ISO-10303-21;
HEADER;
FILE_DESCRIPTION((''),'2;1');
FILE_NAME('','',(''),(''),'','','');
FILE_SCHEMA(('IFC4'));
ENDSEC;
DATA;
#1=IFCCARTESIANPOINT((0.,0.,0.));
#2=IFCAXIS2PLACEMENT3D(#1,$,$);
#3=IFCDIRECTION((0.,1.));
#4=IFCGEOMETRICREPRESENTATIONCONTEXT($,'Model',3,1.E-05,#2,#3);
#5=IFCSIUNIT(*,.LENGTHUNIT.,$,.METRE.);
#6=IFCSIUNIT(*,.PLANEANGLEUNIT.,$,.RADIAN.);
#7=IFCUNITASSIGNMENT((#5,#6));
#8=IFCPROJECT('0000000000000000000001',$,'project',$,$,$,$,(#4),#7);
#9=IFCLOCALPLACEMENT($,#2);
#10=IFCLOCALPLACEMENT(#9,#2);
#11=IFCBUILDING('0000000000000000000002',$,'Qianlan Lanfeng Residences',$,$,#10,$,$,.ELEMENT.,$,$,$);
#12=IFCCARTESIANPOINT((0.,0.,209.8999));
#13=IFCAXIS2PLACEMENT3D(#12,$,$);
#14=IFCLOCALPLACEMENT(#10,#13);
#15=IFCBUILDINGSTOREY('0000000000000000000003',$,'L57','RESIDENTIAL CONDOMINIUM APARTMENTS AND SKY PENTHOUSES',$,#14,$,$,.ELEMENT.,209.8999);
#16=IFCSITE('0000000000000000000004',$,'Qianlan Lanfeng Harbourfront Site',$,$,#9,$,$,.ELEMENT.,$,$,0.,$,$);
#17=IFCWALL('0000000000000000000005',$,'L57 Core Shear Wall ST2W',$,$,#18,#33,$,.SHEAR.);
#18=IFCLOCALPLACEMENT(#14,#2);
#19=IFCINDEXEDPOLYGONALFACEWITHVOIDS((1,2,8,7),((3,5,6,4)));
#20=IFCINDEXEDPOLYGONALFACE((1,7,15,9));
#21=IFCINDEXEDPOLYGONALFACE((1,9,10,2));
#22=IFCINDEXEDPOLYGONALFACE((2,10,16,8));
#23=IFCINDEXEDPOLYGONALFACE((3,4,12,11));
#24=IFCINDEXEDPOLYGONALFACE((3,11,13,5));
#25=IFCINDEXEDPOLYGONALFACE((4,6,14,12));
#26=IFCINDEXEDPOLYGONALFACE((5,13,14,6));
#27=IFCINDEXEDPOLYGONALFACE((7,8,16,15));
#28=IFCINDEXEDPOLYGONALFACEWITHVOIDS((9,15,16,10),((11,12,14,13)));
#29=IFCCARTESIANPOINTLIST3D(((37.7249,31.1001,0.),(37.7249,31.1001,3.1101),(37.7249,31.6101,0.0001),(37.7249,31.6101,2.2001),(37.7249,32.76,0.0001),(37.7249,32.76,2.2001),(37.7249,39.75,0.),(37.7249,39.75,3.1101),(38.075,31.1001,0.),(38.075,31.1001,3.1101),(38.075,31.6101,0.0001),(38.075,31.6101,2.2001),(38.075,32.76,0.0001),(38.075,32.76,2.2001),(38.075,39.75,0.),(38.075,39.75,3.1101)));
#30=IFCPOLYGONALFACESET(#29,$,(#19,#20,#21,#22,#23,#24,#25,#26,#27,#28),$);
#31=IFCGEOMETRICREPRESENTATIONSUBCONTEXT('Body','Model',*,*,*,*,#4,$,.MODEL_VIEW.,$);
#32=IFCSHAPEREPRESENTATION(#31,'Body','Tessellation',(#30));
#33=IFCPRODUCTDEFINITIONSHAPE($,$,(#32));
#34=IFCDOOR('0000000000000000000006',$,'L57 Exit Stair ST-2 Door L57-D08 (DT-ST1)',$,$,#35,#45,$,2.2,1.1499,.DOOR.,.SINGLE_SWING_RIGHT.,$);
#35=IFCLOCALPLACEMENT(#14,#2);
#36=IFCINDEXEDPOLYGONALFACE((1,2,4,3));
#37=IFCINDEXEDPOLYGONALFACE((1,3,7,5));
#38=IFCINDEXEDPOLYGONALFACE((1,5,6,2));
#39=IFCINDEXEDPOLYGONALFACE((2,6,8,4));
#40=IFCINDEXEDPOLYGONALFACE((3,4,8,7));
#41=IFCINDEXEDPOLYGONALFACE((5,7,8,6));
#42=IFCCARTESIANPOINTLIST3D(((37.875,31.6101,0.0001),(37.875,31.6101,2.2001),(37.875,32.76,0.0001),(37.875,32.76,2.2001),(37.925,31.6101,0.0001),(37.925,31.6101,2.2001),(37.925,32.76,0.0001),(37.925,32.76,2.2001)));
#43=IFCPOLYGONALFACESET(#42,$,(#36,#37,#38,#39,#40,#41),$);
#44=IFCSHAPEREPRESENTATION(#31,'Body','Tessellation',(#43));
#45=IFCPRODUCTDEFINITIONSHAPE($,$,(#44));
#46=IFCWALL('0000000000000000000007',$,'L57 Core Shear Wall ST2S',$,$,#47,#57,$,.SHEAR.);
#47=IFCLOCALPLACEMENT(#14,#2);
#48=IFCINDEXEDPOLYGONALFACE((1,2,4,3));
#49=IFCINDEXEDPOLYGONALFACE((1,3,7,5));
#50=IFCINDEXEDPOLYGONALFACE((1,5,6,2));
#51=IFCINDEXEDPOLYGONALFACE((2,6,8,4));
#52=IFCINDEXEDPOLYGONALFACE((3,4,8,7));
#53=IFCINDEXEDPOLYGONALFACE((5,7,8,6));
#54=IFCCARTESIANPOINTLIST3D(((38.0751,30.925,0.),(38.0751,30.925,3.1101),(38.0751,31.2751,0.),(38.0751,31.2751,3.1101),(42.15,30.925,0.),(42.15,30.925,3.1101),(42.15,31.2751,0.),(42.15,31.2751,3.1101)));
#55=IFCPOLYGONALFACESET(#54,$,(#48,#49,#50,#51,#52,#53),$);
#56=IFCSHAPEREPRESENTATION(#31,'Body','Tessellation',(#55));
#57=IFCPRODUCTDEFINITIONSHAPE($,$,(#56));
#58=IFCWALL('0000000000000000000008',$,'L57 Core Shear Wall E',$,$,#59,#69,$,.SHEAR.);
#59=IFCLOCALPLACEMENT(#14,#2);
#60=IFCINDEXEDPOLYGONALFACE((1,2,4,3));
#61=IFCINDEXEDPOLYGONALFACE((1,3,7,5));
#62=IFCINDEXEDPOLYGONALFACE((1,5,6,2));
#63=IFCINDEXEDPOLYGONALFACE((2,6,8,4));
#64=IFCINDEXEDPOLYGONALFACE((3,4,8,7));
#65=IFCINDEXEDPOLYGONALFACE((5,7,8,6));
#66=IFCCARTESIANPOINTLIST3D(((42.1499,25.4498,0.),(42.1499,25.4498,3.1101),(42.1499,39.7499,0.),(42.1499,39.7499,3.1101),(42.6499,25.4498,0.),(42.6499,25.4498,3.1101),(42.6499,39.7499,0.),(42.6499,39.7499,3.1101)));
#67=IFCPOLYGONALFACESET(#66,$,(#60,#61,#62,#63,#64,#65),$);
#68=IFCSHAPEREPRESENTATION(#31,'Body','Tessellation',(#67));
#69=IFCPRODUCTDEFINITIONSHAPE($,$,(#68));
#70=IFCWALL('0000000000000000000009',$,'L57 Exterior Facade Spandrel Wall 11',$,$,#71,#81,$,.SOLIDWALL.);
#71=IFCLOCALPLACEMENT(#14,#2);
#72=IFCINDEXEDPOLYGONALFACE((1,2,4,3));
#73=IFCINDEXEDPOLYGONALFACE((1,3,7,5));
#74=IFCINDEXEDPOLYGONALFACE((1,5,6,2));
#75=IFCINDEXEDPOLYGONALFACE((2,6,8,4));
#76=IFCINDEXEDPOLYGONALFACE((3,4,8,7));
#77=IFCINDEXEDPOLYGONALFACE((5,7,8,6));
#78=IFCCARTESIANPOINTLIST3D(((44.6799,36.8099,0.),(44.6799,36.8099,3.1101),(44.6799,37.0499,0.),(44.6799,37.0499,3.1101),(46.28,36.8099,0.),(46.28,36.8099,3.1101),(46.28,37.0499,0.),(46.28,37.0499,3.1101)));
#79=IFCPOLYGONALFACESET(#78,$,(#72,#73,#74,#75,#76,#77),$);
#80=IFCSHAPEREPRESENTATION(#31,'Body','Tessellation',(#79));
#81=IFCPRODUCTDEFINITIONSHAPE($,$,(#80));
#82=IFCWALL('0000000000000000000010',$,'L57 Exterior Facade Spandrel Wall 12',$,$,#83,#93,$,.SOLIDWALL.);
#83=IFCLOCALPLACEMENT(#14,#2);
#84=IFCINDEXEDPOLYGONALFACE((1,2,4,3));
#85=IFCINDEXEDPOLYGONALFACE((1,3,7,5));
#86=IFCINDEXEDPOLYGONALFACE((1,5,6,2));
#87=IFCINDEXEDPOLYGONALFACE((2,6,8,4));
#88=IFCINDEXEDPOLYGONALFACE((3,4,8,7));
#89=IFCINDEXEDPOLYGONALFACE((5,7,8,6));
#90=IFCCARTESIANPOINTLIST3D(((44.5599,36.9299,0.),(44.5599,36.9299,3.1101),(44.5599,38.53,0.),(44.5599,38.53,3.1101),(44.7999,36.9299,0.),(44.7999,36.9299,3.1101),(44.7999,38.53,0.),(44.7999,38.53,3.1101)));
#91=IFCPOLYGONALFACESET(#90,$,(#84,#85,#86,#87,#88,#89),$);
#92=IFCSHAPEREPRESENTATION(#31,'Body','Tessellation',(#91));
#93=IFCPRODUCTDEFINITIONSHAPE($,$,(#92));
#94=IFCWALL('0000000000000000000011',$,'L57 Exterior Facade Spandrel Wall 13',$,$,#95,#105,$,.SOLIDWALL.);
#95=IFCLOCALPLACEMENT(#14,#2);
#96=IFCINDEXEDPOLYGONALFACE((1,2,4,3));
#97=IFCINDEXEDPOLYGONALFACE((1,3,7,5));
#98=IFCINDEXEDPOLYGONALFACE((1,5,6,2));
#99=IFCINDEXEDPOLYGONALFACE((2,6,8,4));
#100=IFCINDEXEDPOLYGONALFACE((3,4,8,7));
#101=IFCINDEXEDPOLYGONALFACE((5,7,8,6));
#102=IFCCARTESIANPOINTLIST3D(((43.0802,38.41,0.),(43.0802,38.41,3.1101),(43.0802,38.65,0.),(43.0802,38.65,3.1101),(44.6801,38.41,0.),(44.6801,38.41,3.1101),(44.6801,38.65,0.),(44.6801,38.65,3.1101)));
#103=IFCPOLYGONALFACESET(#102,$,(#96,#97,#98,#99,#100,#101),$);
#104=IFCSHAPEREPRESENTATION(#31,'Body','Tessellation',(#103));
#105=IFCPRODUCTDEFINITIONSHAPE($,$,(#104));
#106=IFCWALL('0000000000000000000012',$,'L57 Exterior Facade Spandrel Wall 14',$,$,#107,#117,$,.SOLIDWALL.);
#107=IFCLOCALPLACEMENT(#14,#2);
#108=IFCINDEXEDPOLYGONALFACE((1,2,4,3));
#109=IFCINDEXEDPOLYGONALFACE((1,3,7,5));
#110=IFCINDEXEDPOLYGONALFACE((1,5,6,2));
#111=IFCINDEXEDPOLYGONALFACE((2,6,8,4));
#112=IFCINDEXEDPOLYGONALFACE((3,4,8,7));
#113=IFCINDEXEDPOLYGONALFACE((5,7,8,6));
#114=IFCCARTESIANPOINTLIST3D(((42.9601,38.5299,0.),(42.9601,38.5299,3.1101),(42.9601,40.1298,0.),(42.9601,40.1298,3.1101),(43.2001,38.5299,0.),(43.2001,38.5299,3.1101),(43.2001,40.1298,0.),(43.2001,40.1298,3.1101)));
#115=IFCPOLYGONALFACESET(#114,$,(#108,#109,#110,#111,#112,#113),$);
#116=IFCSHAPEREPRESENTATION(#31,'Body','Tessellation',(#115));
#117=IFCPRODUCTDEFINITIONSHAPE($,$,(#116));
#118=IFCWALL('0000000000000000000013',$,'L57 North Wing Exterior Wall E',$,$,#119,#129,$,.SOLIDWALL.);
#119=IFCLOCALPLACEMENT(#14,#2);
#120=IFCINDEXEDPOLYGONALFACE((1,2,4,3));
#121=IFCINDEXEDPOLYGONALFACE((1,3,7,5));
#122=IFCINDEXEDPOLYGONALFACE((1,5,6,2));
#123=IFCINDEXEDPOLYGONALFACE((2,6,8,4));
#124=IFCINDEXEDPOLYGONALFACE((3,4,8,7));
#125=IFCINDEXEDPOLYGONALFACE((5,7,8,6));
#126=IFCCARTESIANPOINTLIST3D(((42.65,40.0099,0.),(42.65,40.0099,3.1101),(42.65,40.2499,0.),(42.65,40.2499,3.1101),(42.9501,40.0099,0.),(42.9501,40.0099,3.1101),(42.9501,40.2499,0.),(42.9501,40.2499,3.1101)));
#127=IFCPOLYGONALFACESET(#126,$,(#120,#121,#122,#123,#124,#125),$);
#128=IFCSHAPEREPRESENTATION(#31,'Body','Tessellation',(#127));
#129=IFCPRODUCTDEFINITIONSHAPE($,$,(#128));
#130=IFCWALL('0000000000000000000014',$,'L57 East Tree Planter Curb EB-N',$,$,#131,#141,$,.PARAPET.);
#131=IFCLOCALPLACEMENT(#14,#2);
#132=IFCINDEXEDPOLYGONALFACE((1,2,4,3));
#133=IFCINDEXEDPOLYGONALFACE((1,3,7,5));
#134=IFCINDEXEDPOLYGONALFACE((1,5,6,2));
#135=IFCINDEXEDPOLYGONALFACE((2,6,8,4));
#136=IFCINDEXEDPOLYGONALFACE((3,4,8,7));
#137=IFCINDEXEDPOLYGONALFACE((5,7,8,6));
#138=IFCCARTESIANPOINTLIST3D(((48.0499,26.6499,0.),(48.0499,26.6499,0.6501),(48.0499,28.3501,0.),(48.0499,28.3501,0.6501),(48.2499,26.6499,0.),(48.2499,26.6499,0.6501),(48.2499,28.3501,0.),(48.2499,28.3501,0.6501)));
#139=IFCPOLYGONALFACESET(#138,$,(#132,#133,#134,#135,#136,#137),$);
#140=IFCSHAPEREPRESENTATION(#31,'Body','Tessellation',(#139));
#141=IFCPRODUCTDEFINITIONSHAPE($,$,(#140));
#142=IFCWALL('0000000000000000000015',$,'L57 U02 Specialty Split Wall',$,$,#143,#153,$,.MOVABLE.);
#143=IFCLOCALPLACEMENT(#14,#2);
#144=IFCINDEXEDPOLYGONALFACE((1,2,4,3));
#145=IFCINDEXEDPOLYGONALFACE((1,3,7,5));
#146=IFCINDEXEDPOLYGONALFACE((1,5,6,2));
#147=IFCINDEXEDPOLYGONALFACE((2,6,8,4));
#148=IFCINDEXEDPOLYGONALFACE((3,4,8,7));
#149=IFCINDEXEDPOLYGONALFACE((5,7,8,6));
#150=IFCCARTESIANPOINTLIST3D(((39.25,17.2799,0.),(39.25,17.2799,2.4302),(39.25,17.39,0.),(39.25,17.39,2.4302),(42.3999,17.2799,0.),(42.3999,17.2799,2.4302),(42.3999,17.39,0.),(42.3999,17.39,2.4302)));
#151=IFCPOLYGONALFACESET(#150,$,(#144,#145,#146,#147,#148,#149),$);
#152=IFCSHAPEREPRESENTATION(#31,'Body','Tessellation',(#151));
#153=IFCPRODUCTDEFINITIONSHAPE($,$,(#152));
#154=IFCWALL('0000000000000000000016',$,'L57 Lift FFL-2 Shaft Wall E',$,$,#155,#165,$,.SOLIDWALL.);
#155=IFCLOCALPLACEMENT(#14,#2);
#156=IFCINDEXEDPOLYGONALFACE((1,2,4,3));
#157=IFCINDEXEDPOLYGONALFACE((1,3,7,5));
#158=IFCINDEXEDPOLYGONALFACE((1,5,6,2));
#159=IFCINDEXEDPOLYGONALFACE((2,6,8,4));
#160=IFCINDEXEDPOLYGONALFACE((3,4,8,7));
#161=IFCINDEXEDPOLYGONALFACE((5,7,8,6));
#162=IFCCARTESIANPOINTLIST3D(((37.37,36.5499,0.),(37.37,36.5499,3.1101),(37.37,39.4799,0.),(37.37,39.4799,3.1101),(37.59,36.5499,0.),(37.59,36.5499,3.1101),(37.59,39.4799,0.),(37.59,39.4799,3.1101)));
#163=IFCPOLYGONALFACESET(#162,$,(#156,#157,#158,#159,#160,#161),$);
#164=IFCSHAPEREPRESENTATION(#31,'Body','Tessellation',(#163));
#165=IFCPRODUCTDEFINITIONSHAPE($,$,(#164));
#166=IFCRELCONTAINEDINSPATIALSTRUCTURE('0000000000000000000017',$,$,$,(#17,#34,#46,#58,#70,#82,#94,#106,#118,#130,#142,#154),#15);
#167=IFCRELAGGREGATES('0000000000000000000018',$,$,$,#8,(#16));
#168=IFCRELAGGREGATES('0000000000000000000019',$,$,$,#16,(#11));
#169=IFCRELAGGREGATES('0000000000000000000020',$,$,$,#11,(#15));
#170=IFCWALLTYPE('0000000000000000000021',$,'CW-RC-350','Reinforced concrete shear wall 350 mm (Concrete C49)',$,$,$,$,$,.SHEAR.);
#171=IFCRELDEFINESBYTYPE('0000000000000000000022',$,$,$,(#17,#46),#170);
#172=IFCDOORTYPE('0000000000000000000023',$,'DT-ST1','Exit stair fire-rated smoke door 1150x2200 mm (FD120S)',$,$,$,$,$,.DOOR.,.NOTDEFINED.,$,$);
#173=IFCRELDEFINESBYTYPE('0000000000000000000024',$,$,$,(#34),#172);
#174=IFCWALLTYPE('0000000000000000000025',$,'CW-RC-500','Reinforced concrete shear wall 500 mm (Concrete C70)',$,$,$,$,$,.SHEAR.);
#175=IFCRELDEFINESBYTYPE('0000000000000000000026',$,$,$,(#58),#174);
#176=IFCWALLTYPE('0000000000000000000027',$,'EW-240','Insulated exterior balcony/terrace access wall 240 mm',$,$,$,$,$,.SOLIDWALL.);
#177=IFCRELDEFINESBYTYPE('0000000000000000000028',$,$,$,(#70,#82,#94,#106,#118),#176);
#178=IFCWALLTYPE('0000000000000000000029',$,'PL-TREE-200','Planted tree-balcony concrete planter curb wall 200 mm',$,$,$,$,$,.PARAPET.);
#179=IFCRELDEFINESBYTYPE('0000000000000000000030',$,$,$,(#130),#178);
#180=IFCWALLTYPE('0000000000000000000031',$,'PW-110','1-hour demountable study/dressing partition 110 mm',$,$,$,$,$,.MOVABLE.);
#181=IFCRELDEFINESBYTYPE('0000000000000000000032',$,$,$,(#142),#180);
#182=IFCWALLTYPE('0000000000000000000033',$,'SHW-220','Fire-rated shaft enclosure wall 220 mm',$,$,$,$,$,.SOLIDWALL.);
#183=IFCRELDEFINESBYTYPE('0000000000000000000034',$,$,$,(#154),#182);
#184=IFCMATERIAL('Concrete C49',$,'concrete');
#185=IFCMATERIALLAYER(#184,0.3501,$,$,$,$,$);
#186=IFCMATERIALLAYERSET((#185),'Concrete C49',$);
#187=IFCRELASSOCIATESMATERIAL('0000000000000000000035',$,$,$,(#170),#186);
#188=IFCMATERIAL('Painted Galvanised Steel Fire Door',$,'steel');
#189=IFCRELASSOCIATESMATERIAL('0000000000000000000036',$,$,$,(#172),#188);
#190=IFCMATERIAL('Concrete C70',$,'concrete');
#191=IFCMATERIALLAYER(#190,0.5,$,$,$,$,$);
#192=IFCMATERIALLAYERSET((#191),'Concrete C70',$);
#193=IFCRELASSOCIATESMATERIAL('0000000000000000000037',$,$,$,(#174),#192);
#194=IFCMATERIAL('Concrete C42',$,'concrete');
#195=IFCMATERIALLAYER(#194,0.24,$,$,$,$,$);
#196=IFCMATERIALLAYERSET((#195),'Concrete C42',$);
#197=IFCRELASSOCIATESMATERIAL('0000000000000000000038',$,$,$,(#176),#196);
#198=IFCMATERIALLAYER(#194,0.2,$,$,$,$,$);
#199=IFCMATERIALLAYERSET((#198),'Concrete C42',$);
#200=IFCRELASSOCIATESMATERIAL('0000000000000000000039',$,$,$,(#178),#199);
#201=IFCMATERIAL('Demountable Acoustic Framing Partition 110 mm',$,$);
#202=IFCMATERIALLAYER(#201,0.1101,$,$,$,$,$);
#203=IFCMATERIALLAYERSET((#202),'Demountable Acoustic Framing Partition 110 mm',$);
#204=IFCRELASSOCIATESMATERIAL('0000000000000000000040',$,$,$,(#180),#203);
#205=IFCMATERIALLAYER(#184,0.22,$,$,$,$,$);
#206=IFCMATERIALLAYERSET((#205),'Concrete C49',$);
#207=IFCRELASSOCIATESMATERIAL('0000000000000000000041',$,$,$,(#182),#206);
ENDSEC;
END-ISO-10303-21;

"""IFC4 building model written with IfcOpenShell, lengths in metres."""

from ifc_helpers import new_model, si_unit, direction, frame, frame_2d, origin, place, context, subcontext, project, spatial, rectangle, extrude, material, layer, layer_set, type_object, element, fill, save


model = new_model("IFC4")

# Units and contexts
model_context = context("Model", 3, precision=1e-05, world=origin(), true_north=direction((0.0, 1.0)))
body_context = subcontext(model_context, "Body", "Model", "MODEL_VIEW")
ifc_project = project(units=[si_unit("LENGTHUNIT", "METRE"), si_unit("PLANEANGLEUNIT", "RADIAN")], contexts=[model_context])

# Site, building, storey
site_placement = place(None, origin())
site = spatial("IfcSite", under=ifc_project, at=site_placement, Name="Qianlan Lanfeng Harbourfront Site", CompositionType="ELEMENT", RefElevation=0.0)
building_placement = place(site_placement, origin())
building = spatial("IfcBuilding", under=site, at=building_placement, Name="Qianlan Lanfeng Residences", CompositionType="ELEMENT")
storey_placement = place(building_placement, frame((0.0, 0.0, 209.8999)))
storey = spatial("IfcBuildingStorey", under=building, at=storey_placement, Name="L57", Description="RESIDENTIAL CONDOMINIUM APARTMENTS AND SKY PENTHOUSES", CompositionType="ELEMENT", Elevation=209.8999)

# Wall, opening, door
ifc_material_1 = material(Name="Concrete C49", Category="concrete")
ifc_layer_1 = layer(ifc_material_1, 0.3501)
ifc_layer_set_1 = layer_set([ifc_layer_1], Name="Concrete C49")
wall_type_1 = type_object("IfcWallType", Name="CW-RC-350", Description="Reinforced concrete shear wall 350 mm (Concrete C49)", PredefinedType="SHEAR", material=ifc_layer_set_1)
wall_1_placement = place(storey_placement, frame((37.8999, 31.1001, 0.0), z_axis=(0.0, 0.0, 1.0), x_axis=(0.0, 1.0, 0.0)))
wall_1 = element("IfcWall", 1, at=wall_1_placement, inside=storey, type_object=wall_type_1, Name="L57 Core Shear Wall ST2W", PredefinedType="SHEAR", context=body_context, shape_type="SweptSolid", body=[
    extrude(rectangle(XDim=8.6499, YDim=0.3501, at=frame_2d((4.325, 0.0))), origin(), (0.0, 0.0, 1.0), 3.1101),
])
opening_1_placement = place(wall_1_placement, frame((0.51, 0.0, 0.0)))
opening_1 = element("IfcOpeningElement", 2, at=opening_1_placement, cuts=wall_1, PredefinedType="OPENING", context=body_context, shape_type="SweptSolid", body=[
    extrude(rectangle(XDim=1.1499, YDim=2.2, at=frame_2d((0.575, 1.1001))), frame((0.0, 0.1851, 0.0), z_axis=(0.0, -1.0, 0.0), x_axis=(1.0, 0.0, 0.0)), (0.0, 0.0, 1.0), 0.3701),
])
ifc_material_2 = material(Name="Painted Galvanised Steel Fire Door", Category="steel")
door_type_1 = type_object("IfcDoorType", Name="DT-ST1", Description="Exit stair fire-rated smoke door 1150x2200 mm (FD120S)", OperationType="NOTDEFINED", PredefinedType="DOOR", material=ifc_material_2)
door_1_placement = place(opening_1_placement, origin())
door_1 = element("IfcDoor", 3, at=door_1_placement, inside=storey, type_object=door_type_1, Name="L57 Exit Stair ST-2 Door L57-D08 (DT-ST1)", OperationType="SINGLE_SWING_RIGHT", OverallHeight=2.2, OverallWidth=1.1499, PredefinedType="DOOR", context=body_context, shape_type="SweptSolid", body=[
    extrude(rectangle(XDim=1.1499, YDim=2.2, at=frame_2d((0.575, 1.1001))), frame((0.0, 0.0249, 0.0), z_axis=(0.0, -1.0, 0.0), x_axis=(1.0, 0.0, 0.0)), (0.0, 0.0, 1.0), 0.05),
])
fill(opening_1, door_1)

# Walls
wall_2_placement = place(storey_placement, frame((38.075, 31.1001, 0.0), z_axis=(0.0, 0.0, 1.0), x_axis=(1.0, 0.0, 0.0)))
element("IfcWall", 4, at=wall_2_placement, inside=storey, type_object=wall_type_1, Name="L57 Core Shear Wall ST2S", PredefinedType="SHEAR", context=body_context, shape_type="SweptSolid", body=[
    extrude(rectangle(XDim=4.075, YDim=0.3501, at=frame_2d((2.0376, 0.0))), origin(), (0.0, 0.0, 1.0), 3.1101),
])
ifc_material_3 = material(Name="Concrete C70", Category="concrete")
ifc_layer_2 = layer(ifc_material_3, 0.5)
ifc_layer_set_2 = layer_set([ifc_layer_2], Name="Concrete C70")
wall_type_2 = type_object("IfcWallType", Name="CW-RC-500", Description="Reinforced concrete shear wall 500 mm (Concrete C70)", PredefinedType="SHEAR", material=ifc_layer_set_2)
wall_3_placement = place(storey_placement, frame((42.3999, 25.45, 0.0), z_axis=(0.0, 0.0, 1.0), x_axis=(0.0, 1.0, 0.0)))
element("IfcWall", 5, at=wall_3_placement, inside=storey, type_object=wall_type_2, Name="L57 Core Shear Wall E", PredefinedType="SHEAR", context=body_context, shape_type="SweptSolid", body=[
    extrude(rectangle(XDim=14.3, YDim=0.5, at=frame_2d((7.1499, 0.0))), origin(), (0.0, 0.0, 1.0), 3.1101),
])
ifc_material_4 = material(Name="Concrete C42", Category="concrete")
ifc_layer_3 = layer(ifc_material_4, 0.24)
ifc_layer_set_3 = layer_set([ifc_layer_3], Name="Concrete C42")
wall_type_3 = type_object("IfcWallType", Name="EW-240", Description="Insulated exterior balcony/terrace access wall 240 mm", PredefinedType="SOLIDWALL", material=ifc_layer_set_3)
for number, where, z_axis, x_axis, name in (
    (6, (46.28, 36.9299, 0.0), (0.0, 0.0, 1.0), (-1.0, 0.0, 0.0), "L57 Exterior Facade Spandrel Wall 11"),
    (7, (44.6799, 36.9299, 0.0), (0.0, 0.0, 1.0), (0.0, 1.0, 0.0), "L57 Exterior Facade Spandrel Wall 12"),
):
    element("IfcWall", number, at=place(storey_placement, frame(where, z_axis=z_axis, x_axis=x_axis)), inside=storey, type_object=wall_type_3, Name=name, PredefinedType="SOLIDWALL", context=body_context, shape_type="SweptSolid", body=[
        extrude(rectangle(XDim=1.6001, YDim=0.24, at=frame_2d((0.8, 0.0))), origin(), (0.0, 0.0, 1.0), 3.1101),
    ])
for number, where, z_axis, x_axis, name in (
    (8, (44.6799, 38.53, 0.0), (0.0, 0.0, 1.0), (-1.0, 0.0, 0.0), "L57 Exterior Facade Spandrel Wall 13"),
    (9, (43.0801, 38.53, 0.0), (0.0, 0.0, 1.0), (0.0, 1.0, 0.0), "L57 Exterior Facade Spandrel Wall 14"),
):
    element("IfcWall", number, at=place(storey_placement, frame(where, z_axis=z_axis, x_axis=x_axis)), inside=storey, type_object=wall_type_3, Name=name, PredefinedType="SOLIDWALL", context=body_context, shape_type="SweptSolid", body=[
        extrude(rectangle(XDim=1.5999, YDim=0.24, at=frame_2d((0.7998, 0.0))), origin(), (0.0, 0.0, 1.0), 3.1101),
    ])
wall_4_placement = place(storey_placement, frame((42.95, 40.1299, 0.0), z_axis=(0.0, 0.0, 1.0), x_axis=(-1.0, 0.0, 0.0)))
element("IfcWall", 10, at=wall_4_placement, inside=storey, type_object=wall_type_3, Name="L57 North Wing Exterior Wall E", PredefinedType="SOLIDWALL", context=body_context, shape_type="SweptSolid", body=[
    extrude(rectangle(XDim=0.3, YDim=0.24, at=frame_2d((0.1499, 0.0))), origin(), (0.0, 0.0, 1.0), 3.1101),
])
ifc_layer_4 = layer(ifc_material_4, 0.2)
ifc_layer_set_4 = layer_set([ifc_layer_4], Name="Concrete C42")
wall_type_4 = type_object("IfcWallType", Name="PL-TREE-200", Description="Planted tree-balcony concrete planter curb wall 200 mm", PredefinedType="PARAPET", material=ifc_layer_set_4)
wall_5_placement = place(storey_placement, frame((48.1499, 26.6499, 0.0), z_axis=(0.0, 0.0, 1.0), x_axis=(0.0, 1.0, 0.0)))
element("IfcWall", 11, at=wall_5_placement, inside=storey, type_object=wall_type_4, Name="L57 East Tree Planter Curb EB-N", PredefinedType="PARAPET", context=body_context, shape_type="SweptSolid", body=[
    extrude(rectangle(XDim=1.7002, YDim=0.2, at=frame_2d((0.8501, 0.0))), origin(), (0.0, 0.0, 1.0), 0.6501),
])
ifc_material_5 = material(Name="Demountable Acoustic Framing Partition 110 mm")
ifc_layer_5 = layer(ifc_material_5, 0.1101)
ifc_layer_set_5 = layer_set([ifc_layer_5], Name="Demountable Acoustic Framing Partition 110 mm")
wall_type_5 = type_object("IfcWallType", Name="PW-110", Description="1-hour demountable study/dressing partition 110 mm", PredefinedType="MOVABLE", material=ifc_layer_set_5)
wall_6_placement = place(storey_placement, frame((39.25, 17.335, 0.0), z_axis=(0.0, 0.0, 1.0), x_axis=(1.0, 0.0, 0.0)))
element("IfcWall", 12, at=wall_6_placement, inside=storey, type_object=wall_type_5, Name="L57 U02 Specialty Split Wall", PredefinedType="MOVABLE", context=body_context, shape_type="SweptSolid", body=[
    extrude(rectangle(XDim=3.1499, YDim=0.1101, at=frame_2d((1.575, 0.0))), origin(), (0.0, 0.0, 1.0), 2.4302),
])

# Wall
ifc_layer_6 = layer(ifc_material_1, 0.22)
ifc_layer_set_6 = layer_set([ifc_layer_6], Name="Concrete C49")
wall_type_6 = type_object("IfcWallType", Name="SHW-220", Description="Fire-rated shaft enclosure wall 220 mm", PredefinedType="SOLIDWALL", material=ifc_layer_set_6)
wall_7_placement = place(storey_placement, frame((37.48, 36.55, 0.0), z_axis=(0.0, 0.0, 1.0), x_axis=(0.0, 1.0, 0.0)))
element("IfcWall", 13, at=wall_7_placement, inside=storey, type_object=wall_type_6, Name="L57 Lift FFL-2 Shaft Wall E", PredefinedType="SOLIDWALL", context=body_context, shape_type="SweptSolid", body=[
    extrude(rectangle(XDim=2.9299, YDim=0.22, at=frame_2d((1.4648, 0.0))), origin(), (0.0, 0.0, 1.0), 3.1101),
])

save(model, "model.ifc")
